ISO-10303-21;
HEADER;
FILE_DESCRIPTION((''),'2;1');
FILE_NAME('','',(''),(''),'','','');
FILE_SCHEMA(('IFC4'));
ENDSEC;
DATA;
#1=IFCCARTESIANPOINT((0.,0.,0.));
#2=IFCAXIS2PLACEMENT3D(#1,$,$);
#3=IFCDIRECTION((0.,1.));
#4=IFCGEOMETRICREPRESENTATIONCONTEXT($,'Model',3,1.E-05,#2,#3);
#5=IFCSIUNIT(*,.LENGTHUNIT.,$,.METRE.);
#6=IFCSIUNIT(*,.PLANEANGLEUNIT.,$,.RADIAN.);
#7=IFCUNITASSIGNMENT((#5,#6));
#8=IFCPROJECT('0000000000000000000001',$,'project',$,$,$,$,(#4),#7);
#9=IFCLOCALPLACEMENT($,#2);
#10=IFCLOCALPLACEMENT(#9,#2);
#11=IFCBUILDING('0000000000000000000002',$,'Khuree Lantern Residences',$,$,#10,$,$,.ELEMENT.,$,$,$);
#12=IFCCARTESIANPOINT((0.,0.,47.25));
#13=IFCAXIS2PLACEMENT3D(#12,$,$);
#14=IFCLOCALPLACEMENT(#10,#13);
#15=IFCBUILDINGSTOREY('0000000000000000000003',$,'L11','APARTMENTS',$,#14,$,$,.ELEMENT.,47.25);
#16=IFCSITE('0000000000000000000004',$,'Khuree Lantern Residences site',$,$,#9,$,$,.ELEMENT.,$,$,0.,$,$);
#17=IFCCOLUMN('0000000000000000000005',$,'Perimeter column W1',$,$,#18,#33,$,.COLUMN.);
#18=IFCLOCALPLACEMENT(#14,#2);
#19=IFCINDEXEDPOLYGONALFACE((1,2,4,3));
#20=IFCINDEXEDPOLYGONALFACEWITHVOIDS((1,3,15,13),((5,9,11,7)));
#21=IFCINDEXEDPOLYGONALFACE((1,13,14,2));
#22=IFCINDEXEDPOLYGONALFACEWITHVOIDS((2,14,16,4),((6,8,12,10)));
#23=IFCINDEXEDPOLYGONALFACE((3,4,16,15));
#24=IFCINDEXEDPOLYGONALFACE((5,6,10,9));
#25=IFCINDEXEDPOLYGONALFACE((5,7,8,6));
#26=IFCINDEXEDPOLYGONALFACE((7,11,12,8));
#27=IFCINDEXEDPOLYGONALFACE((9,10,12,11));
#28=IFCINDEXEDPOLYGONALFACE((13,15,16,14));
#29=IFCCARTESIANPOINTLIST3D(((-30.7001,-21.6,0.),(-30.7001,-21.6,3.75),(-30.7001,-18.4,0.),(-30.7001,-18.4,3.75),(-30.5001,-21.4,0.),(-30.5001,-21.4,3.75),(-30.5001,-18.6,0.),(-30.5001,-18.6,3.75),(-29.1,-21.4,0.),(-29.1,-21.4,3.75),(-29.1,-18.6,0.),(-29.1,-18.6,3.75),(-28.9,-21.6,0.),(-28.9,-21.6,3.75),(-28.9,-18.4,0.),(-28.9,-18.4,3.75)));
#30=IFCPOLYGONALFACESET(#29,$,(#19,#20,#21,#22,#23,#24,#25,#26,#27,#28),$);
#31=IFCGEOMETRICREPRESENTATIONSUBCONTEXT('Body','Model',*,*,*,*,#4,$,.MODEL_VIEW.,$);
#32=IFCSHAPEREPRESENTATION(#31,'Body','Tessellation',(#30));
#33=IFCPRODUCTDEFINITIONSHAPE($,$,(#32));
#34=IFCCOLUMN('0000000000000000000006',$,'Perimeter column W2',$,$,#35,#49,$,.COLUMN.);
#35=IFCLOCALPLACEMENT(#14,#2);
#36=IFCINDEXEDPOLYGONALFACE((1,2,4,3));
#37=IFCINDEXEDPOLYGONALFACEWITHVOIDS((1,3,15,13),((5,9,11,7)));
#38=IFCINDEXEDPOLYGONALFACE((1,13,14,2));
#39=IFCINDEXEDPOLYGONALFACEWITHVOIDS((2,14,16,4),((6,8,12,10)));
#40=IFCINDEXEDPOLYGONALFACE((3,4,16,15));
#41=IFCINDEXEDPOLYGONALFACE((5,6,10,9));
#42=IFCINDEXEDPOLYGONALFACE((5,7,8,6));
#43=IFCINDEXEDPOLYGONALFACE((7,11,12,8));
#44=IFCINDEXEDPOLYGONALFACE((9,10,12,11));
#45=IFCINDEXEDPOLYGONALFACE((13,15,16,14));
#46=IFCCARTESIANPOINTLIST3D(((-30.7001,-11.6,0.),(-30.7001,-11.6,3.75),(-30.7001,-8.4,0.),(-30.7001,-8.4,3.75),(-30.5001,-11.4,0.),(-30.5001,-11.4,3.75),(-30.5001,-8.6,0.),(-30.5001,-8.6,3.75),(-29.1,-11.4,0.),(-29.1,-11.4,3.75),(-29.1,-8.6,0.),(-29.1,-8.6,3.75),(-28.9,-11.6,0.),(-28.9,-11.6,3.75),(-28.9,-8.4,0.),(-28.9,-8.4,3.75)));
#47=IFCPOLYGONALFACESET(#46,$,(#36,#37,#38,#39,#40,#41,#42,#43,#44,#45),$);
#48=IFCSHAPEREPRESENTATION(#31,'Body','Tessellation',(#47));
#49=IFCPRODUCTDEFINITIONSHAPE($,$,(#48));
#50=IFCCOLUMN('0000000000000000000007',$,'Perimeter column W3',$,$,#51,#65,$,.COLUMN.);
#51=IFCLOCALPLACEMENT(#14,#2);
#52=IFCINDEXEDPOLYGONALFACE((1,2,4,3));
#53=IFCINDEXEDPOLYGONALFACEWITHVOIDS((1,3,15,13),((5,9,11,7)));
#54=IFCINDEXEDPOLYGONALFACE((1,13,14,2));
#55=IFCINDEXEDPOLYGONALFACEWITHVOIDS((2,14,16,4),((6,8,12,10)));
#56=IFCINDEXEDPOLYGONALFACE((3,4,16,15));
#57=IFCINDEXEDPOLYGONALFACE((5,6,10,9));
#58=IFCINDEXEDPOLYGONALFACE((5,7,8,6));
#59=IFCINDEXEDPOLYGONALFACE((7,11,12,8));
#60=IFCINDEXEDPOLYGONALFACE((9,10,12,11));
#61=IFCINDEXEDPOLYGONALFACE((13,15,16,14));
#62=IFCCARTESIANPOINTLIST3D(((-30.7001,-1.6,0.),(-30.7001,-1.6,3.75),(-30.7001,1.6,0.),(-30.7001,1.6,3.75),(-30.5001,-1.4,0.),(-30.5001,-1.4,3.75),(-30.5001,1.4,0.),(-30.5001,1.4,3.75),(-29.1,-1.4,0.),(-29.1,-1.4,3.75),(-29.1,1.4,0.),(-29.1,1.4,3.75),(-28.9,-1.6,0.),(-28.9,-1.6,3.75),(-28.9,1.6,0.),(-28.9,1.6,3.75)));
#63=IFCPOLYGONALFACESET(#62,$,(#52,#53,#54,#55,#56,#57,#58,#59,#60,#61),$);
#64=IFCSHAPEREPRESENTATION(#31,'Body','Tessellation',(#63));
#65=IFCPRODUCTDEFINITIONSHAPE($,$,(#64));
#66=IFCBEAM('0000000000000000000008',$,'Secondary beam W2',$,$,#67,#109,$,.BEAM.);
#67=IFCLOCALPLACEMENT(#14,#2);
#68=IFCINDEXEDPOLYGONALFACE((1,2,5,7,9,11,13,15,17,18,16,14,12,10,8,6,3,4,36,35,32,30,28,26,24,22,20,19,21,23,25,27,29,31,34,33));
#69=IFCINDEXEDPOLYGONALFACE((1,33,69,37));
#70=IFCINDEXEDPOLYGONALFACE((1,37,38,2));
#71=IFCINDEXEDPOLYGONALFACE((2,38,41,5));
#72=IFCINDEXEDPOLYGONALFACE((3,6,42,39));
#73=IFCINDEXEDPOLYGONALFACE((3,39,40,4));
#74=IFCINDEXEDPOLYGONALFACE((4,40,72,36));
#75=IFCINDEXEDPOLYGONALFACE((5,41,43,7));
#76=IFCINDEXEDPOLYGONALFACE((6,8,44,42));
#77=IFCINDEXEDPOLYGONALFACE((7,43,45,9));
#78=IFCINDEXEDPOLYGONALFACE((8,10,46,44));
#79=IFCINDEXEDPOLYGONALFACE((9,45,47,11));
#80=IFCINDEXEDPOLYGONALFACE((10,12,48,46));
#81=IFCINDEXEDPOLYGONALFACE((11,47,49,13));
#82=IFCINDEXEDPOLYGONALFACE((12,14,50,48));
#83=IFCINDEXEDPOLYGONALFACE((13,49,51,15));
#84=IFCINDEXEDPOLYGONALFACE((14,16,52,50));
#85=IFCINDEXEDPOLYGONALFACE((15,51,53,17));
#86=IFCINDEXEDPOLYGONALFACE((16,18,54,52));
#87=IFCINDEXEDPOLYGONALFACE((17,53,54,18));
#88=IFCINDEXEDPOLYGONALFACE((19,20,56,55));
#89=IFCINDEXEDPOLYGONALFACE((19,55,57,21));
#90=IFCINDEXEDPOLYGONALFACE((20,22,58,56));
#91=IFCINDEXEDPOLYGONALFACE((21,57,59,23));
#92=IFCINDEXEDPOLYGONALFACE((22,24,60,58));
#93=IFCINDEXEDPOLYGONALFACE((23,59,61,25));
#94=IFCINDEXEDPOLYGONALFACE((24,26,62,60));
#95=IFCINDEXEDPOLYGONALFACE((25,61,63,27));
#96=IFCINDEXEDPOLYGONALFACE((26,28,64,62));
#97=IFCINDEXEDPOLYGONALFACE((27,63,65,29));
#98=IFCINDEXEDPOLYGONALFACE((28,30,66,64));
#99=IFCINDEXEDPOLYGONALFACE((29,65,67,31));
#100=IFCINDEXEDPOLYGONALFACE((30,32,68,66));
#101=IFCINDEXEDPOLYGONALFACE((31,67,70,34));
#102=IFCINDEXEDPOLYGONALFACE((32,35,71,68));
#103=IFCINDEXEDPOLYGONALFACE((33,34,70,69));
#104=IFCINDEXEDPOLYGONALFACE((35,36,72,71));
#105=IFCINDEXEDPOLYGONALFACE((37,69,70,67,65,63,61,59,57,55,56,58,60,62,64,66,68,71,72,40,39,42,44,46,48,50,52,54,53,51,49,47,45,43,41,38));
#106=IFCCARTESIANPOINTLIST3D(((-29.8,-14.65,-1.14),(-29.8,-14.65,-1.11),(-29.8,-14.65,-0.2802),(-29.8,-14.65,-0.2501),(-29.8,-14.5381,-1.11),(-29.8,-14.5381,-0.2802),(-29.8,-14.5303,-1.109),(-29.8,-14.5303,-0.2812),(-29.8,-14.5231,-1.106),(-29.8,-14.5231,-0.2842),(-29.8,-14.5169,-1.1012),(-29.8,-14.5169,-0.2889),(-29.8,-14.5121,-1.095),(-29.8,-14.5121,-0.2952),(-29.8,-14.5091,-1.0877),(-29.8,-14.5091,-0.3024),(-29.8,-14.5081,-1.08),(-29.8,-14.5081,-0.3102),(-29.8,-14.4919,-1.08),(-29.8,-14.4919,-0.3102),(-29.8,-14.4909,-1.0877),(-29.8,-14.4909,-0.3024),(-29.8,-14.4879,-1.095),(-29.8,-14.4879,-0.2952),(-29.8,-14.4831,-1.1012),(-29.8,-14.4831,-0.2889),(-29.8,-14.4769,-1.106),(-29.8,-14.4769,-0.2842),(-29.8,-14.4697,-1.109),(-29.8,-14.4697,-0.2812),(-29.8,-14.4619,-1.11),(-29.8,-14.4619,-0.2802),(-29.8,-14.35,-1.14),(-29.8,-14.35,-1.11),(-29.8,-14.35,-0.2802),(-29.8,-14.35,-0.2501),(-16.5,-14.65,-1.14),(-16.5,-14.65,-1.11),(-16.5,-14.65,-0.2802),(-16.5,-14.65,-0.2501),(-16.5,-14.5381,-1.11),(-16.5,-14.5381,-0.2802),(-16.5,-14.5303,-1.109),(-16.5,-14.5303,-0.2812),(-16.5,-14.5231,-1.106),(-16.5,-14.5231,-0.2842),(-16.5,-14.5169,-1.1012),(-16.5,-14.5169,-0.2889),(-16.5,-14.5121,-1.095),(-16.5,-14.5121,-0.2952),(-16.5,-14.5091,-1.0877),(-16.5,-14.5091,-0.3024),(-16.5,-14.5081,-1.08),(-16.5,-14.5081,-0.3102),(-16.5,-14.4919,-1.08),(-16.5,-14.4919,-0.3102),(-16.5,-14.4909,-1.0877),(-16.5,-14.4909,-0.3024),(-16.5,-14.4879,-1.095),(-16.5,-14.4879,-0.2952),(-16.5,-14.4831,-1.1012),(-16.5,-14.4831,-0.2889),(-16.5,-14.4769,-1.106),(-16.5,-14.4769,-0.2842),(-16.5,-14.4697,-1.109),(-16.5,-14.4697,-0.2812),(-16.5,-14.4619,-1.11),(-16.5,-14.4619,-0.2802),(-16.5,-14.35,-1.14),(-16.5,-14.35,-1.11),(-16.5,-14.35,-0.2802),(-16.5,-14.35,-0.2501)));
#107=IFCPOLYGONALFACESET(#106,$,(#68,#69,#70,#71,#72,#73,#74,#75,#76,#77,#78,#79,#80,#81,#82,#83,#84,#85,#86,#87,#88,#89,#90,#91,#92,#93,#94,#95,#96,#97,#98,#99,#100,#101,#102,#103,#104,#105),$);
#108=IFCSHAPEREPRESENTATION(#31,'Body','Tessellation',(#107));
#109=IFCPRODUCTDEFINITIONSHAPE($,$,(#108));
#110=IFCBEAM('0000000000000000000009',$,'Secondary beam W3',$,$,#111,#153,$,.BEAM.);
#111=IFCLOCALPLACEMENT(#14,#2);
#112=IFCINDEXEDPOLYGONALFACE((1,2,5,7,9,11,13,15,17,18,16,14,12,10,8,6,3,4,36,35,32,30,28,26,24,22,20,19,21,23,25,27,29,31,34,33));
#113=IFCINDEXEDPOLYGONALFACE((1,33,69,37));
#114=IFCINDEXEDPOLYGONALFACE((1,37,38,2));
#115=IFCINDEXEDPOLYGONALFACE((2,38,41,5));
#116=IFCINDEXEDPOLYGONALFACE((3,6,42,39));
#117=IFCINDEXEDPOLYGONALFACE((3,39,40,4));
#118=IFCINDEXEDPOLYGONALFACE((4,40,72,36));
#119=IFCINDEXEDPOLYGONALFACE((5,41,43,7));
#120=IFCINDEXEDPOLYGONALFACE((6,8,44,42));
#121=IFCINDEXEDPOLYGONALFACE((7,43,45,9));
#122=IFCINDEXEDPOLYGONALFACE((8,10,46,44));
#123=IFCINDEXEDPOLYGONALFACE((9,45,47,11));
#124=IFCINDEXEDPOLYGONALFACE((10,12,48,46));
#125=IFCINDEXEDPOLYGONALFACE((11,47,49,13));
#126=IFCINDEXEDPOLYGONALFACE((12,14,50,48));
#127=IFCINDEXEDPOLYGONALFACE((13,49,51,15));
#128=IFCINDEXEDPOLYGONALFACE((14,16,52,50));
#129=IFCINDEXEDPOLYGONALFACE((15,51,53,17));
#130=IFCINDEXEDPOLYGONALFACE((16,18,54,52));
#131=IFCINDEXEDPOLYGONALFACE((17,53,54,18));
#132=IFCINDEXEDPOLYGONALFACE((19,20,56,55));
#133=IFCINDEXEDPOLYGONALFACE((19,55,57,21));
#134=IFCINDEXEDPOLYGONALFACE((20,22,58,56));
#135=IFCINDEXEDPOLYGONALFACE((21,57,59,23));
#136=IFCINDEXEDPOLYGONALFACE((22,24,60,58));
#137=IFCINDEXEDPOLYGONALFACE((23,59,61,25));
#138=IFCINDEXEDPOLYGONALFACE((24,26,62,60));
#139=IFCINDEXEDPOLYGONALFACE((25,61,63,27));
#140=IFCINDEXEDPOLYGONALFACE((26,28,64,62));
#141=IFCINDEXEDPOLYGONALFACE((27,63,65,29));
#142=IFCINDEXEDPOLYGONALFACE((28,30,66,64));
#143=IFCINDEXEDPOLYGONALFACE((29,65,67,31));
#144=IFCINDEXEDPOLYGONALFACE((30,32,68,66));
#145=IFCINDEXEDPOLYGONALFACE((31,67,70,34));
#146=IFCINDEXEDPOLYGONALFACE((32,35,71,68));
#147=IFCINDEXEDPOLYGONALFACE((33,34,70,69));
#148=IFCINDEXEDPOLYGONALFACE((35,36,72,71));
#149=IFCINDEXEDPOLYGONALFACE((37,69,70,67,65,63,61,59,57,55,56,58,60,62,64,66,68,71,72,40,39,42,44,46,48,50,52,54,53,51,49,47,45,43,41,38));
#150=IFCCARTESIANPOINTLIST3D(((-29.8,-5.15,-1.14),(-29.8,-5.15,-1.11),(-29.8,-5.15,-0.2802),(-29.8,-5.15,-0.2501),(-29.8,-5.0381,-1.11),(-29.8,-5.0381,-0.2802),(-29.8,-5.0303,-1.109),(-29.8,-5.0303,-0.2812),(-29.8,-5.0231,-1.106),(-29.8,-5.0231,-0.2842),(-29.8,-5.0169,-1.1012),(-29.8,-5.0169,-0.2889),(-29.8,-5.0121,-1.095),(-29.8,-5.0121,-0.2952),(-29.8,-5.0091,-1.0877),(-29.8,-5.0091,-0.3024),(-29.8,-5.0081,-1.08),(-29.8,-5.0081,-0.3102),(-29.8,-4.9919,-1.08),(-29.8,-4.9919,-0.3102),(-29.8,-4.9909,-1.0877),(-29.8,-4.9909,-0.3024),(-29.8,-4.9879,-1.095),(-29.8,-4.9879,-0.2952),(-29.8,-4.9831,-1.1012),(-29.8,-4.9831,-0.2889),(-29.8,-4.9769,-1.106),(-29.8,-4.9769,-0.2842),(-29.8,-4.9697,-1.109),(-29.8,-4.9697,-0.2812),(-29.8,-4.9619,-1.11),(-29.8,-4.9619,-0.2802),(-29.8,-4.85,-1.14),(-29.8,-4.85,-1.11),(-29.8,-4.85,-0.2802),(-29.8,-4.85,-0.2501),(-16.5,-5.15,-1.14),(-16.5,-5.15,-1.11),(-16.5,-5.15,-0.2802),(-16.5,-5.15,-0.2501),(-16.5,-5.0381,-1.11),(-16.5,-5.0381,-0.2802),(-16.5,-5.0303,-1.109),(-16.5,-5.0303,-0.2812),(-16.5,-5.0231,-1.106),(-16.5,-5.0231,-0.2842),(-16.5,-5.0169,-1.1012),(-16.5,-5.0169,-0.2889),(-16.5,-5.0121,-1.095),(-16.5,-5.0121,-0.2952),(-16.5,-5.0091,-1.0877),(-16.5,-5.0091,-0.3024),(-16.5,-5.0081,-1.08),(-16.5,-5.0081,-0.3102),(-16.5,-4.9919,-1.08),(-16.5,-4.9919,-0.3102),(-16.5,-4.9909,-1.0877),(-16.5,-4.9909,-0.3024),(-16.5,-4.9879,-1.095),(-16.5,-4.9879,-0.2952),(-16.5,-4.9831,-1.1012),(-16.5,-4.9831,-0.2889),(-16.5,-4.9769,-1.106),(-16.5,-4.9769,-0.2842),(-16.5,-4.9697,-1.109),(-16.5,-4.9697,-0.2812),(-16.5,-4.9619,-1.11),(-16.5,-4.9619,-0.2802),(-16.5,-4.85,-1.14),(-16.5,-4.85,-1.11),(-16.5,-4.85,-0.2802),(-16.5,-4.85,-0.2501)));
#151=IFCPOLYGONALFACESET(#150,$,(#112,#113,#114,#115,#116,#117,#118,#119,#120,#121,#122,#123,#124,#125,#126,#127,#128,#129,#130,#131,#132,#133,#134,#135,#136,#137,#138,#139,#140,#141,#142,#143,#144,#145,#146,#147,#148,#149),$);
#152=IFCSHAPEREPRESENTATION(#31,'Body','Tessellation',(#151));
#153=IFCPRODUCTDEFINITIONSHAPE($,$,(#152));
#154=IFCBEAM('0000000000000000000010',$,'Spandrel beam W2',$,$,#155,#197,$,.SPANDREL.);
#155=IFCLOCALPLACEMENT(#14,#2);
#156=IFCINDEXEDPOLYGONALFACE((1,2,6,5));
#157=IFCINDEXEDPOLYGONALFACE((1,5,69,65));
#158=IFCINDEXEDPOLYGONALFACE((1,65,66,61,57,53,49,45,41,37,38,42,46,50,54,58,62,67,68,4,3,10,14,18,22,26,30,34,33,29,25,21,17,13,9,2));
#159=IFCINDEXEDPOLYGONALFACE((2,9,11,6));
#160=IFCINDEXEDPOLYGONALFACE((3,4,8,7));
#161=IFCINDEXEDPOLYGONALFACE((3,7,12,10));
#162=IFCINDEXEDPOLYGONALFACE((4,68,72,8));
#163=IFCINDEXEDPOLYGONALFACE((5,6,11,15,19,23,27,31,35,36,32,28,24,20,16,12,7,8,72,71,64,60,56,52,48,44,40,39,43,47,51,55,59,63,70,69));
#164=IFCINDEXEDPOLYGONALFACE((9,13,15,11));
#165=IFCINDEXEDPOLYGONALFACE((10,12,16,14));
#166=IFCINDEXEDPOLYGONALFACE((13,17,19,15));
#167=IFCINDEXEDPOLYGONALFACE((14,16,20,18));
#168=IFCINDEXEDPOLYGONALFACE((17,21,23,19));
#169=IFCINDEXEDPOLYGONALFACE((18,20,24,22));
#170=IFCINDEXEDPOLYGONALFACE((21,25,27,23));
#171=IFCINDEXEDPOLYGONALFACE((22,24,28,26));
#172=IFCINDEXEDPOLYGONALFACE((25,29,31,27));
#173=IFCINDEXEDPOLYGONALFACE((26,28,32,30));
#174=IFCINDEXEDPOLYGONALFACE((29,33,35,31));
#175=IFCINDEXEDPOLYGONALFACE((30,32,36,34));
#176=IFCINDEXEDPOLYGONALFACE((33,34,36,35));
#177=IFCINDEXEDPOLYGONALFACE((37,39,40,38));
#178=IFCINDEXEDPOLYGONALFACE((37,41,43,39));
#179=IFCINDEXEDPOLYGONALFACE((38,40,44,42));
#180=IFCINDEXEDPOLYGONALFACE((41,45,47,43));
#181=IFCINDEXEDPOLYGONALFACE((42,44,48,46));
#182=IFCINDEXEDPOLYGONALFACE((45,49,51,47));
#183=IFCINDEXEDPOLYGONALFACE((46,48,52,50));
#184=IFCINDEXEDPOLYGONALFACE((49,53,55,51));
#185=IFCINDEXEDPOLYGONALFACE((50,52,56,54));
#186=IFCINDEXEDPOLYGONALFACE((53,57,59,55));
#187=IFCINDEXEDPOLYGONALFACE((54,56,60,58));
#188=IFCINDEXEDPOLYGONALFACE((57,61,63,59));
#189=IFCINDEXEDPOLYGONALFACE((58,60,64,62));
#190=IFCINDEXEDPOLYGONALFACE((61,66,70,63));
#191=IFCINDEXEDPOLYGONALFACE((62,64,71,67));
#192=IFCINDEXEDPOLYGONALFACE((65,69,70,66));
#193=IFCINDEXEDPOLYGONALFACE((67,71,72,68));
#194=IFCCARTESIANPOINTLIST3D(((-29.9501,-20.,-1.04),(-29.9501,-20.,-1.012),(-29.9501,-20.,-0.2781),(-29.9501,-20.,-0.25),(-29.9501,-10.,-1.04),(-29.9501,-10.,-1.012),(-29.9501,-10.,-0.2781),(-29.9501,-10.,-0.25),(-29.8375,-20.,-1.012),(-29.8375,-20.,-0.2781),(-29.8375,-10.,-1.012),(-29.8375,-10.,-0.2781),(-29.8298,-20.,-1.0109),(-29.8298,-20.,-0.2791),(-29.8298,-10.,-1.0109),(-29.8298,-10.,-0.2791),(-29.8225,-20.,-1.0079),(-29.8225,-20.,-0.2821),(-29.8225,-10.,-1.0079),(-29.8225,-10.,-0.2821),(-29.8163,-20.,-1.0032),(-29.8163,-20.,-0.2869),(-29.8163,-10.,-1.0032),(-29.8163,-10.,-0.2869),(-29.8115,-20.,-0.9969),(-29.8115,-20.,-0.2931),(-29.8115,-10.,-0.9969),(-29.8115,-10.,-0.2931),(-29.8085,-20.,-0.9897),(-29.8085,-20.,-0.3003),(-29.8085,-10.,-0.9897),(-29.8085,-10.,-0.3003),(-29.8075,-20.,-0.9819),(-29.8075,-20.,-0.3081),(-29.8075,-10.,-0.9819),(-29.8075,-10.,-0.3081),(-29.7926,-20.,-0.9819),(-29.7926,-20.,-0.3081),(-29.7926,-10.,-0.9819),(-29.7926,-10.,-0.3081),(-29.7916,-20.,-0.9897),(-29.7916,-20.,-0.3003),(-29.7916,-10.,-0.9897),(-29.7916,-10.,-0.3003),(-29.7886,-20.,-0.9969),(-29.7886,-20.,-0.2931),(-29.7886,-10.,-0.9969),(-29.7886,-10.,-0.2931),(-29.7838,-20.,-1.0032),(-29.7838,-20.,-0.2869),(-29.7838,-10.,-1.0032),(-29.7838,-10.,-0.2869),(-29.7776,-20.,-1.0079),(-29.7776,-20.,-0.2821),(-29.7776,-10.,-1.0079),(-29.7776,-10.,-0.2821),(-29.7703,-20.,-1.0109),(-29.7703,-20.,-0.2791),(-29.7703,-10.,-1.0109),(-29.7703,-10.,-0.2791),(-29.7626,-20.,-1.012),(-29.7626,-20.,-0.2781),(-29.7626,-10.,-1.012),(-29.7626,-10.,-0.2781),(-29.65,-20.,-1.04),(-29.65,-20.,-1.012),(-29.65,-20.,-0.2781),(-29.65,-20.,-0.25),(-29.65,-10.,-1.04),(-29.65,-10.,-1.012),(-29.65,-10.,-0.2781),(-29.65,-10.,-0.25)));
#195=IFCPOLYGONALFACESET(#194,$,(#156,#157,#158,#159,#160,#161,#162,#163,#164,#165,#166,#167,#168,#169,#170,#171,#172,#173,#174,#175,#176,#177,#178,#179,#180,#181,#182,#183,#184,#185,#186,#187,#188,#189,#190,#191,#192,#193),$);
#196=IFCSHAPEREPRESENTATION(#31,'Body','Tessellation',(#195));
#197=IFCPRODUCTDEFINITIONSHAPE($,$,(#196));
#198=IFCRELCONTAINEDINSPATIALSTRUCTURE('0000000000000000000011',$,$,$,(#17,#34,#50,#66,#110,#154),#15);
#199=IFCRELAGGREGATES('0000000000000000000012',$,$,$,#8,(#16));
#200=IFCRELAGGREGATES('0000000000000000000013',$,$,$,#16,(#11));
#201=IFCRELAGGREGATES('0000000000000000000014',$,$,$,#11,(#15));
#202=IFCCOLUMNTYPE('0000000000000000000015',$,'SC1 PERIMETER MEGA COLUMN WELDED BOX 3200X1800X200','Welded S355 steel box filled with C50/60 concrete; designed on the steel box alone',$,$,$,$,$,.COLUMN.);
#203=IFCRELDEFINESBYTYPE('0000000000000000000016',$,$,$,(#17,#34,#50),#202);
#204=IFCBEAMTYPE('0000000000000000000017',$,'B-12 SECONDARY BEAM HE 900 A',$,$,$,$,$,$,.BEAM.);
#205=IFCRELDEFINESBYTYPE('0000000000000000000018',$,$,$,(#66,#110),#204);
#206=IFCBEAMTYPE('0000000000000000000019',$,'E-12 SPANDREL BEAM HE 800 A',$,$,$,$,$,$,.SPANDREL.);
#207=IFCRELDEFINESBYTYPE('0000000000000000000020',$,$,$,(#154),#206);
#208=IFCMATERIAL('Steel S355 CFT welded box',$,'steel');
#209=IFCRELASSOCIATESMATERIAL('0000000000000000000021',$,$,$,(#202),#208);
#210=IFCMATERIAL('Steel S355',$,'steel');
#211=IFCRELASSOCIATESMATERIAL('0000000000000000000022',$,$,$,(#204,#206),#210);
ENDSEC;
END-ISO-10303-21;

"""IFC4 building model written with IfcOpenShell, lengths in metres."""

from ifc_helpers import new_model, si_unit, direction, frame, origin, origin_2d, place, context, subcontext, project, spatial, hollow_rectangle, i_section, extrude, material, material_profile, profile_set, type_object, element, save


model = new_model("IFC4")

# Units and contexts
model_context = context("Model", 3, precision=1e-05, world=origin(), true_north=direction((0.0, 1.0)))
body_context = subcontext(model_context, "Body", "Model", "MODEL_VIEW")
ifc_project = project(units=[si_unit("LENGTHUNIT", "METRE"), si_unit("PLANEANGLEUNIT", "RADIAN")], contexts=[model_context])

# Site, building, storey
site_placement = place(None, origin())
site = spatial("IfcSite", under=ifc_project, at=site_placement, Name="Khuree Lantern Residences site", CompositionType="ELEMENT", RefElevation=0.0)
building_placement = place(site_placement, origin())
building = spatial("IfcBuilding", under=site, at=building_placement, Name="Khuree Lantern Residences", CompositionType="ELEMENT")
storey_placement = place(building_placement, frame((0.0, 0.0, 47.25)))
storey = spatial("IfcBuildingStorey", under=building, at=storey_placement, Name="L11", Description="APARTMENTS", CompositionType="ELEMENT", Elevation=47.25)

# Columns
ifc_material_1 = material(Name="Steel S355 CFT welded box", Category="steel")
ifc_material_profile_1 = material_profile(ifc_material_1, hollow_rectangle(XDim=3.2, YDim=1.8, WallThickness=0.2, at=origin_2d()), Name="WELDED BOX 3200X1800X200")
ifc_profile_set_1 = profile_set([ifc_material_profile_1], Name="Steel S355 CFT welded box")
column_type = type_object("IfcColumnType", Name="SC1 PERIMETER MEGA COLUMN WELDED BOX 3200X1800X200", Description="Welded S355 steel box filled with C50/60 concrete; designed on the steel box alone", PredefinedType="COLUMN", material=ifc_profile_set_1)
for number, where, z_axis, x_axis, name in (
    (1, (-29.8, -20.0, 0.0), (0.0, 0.0, 1.0), (0.0, 1.0, 0.0), "Perimeter column W1"),
    (2, (-29.8, -10.0, 0.0), (0.0, 0.0, 1.0), (0.0, 1.0, 0.0), "Perimeter column W2"),
    (3, (-29.8, 0.0, 0.0), (0.0, 0.0, 1.0), (0.0, 1.0, 0.0), "Perimeter column W3"),
):
    element("IfcColumn", number, at=place(storey_placement, frame(where, z_axis=z_axis, x_axis=x_axis)), inside=storey, type_object=column_type, Name=name, PredefinedType="COLUMN", context=body_context, shape_type="SweptSolid", body=[
        extrude(hollow_rectangle(XDim=3.2, YDim=1.8, WallThickness=0.2, at=origin_2d()), origin(), (0.0, 0.0, 1.0), 3.75),
    ])

# Beams
ifc_material_2 = material(Name="Steel S355", Category="steel")
ifc_material_profile_2 = material_profile(ifc_material_2, i_section(OverallWidth=0.3, OverallDepth=0.8899, WebThickness=0.0161, FlangeThickness=0.03, FilletRadius=0.03, at=origin_2d()), Name="HE 900 A")
ifc_profile_set_2 = profile_set([ifc_material_profile_2], Name="Steel S355")
beam_type_1 = type_object("IfcBeamType", Name="B-12 SECONDARY BEAM HE 900 A", PredefinedType="BEAM", material=ifc_profile_set_2)
for number, where, z_axis, x_axis, name in (
    (4, (-29.8, -14.5, -0.6951), (1.0, 0.0, 0.0), (0.0, 1.0, 0.0), "Secondary beam W2"),
    (5, (-29.8, -5.0, -0.6951), (1.0, 0.0, 0.0), (0.0, 1.0, 0.0), "Secondary beam W3"),
):
    element("IfcBeam", number, at=place(storey_placement, frame(where, z_axis=z_axis, x_axis=x_axis)), inside=storey, type_object=beam_type_1, Name=name, PredefinedType="BEAM", context=body_context, shape_type="SweptSolid", body=[
        extrude(i_section(OverallWidth=0.3, OverallDepth=0.8899, WebThickness=0.0161, FlangeThickness=0.03, FilletRadius=0.03, at=origin_2d()), origin(), (0.0, 0.0, 1.0), 13.3),
    ])
ifc_material_profile_3 = material_profile(ifc_material_2, i_section(OverallWidth=0.3, OverallDepth=0.79, WebThickness=0.0149, FlangeThickness=0.0281, FilletRadius=0.03, at=origin_2d()), Name="HE 800 A")
ifc_profile_set_3 = profile_set([ifc_material_profile_3], Name="Steel S355")
beam_type_2 = type_object("IfcBeamType", Name="E-12 SPANDREL BEAM HE 800 A", PredefinedType="SPANDREL", material=ifc_profile_set_3)
for number, where, z_axis, x_axis, name in (
    (6, (-29.8, -20.0, -0.645), (0.0, 1.0, 0.0), (-1.0, 0.0, 0.0), "Spandrel beam W2"),
):
    element("IfcBeam", number, at=place(storey_placement, frame(where, z_axis=z_axis, x_axis=x_axis)), inside=storey, type_object=beam_type_2, Name=name, PredefinedType="SPANDREL", context=body_context, shape_type="SweptSolid", body=[
        extrude(i_section(OverallWidth=0.3, OverallDepth=0.79, WebThickness=0.0149, FlangeThickness=0.0281, FilletRadius=0.03, at=origin_2d()), origin(), (0.0, 0.0, 1.0), 10.0),
    ])

save(model, "model.ifc")
